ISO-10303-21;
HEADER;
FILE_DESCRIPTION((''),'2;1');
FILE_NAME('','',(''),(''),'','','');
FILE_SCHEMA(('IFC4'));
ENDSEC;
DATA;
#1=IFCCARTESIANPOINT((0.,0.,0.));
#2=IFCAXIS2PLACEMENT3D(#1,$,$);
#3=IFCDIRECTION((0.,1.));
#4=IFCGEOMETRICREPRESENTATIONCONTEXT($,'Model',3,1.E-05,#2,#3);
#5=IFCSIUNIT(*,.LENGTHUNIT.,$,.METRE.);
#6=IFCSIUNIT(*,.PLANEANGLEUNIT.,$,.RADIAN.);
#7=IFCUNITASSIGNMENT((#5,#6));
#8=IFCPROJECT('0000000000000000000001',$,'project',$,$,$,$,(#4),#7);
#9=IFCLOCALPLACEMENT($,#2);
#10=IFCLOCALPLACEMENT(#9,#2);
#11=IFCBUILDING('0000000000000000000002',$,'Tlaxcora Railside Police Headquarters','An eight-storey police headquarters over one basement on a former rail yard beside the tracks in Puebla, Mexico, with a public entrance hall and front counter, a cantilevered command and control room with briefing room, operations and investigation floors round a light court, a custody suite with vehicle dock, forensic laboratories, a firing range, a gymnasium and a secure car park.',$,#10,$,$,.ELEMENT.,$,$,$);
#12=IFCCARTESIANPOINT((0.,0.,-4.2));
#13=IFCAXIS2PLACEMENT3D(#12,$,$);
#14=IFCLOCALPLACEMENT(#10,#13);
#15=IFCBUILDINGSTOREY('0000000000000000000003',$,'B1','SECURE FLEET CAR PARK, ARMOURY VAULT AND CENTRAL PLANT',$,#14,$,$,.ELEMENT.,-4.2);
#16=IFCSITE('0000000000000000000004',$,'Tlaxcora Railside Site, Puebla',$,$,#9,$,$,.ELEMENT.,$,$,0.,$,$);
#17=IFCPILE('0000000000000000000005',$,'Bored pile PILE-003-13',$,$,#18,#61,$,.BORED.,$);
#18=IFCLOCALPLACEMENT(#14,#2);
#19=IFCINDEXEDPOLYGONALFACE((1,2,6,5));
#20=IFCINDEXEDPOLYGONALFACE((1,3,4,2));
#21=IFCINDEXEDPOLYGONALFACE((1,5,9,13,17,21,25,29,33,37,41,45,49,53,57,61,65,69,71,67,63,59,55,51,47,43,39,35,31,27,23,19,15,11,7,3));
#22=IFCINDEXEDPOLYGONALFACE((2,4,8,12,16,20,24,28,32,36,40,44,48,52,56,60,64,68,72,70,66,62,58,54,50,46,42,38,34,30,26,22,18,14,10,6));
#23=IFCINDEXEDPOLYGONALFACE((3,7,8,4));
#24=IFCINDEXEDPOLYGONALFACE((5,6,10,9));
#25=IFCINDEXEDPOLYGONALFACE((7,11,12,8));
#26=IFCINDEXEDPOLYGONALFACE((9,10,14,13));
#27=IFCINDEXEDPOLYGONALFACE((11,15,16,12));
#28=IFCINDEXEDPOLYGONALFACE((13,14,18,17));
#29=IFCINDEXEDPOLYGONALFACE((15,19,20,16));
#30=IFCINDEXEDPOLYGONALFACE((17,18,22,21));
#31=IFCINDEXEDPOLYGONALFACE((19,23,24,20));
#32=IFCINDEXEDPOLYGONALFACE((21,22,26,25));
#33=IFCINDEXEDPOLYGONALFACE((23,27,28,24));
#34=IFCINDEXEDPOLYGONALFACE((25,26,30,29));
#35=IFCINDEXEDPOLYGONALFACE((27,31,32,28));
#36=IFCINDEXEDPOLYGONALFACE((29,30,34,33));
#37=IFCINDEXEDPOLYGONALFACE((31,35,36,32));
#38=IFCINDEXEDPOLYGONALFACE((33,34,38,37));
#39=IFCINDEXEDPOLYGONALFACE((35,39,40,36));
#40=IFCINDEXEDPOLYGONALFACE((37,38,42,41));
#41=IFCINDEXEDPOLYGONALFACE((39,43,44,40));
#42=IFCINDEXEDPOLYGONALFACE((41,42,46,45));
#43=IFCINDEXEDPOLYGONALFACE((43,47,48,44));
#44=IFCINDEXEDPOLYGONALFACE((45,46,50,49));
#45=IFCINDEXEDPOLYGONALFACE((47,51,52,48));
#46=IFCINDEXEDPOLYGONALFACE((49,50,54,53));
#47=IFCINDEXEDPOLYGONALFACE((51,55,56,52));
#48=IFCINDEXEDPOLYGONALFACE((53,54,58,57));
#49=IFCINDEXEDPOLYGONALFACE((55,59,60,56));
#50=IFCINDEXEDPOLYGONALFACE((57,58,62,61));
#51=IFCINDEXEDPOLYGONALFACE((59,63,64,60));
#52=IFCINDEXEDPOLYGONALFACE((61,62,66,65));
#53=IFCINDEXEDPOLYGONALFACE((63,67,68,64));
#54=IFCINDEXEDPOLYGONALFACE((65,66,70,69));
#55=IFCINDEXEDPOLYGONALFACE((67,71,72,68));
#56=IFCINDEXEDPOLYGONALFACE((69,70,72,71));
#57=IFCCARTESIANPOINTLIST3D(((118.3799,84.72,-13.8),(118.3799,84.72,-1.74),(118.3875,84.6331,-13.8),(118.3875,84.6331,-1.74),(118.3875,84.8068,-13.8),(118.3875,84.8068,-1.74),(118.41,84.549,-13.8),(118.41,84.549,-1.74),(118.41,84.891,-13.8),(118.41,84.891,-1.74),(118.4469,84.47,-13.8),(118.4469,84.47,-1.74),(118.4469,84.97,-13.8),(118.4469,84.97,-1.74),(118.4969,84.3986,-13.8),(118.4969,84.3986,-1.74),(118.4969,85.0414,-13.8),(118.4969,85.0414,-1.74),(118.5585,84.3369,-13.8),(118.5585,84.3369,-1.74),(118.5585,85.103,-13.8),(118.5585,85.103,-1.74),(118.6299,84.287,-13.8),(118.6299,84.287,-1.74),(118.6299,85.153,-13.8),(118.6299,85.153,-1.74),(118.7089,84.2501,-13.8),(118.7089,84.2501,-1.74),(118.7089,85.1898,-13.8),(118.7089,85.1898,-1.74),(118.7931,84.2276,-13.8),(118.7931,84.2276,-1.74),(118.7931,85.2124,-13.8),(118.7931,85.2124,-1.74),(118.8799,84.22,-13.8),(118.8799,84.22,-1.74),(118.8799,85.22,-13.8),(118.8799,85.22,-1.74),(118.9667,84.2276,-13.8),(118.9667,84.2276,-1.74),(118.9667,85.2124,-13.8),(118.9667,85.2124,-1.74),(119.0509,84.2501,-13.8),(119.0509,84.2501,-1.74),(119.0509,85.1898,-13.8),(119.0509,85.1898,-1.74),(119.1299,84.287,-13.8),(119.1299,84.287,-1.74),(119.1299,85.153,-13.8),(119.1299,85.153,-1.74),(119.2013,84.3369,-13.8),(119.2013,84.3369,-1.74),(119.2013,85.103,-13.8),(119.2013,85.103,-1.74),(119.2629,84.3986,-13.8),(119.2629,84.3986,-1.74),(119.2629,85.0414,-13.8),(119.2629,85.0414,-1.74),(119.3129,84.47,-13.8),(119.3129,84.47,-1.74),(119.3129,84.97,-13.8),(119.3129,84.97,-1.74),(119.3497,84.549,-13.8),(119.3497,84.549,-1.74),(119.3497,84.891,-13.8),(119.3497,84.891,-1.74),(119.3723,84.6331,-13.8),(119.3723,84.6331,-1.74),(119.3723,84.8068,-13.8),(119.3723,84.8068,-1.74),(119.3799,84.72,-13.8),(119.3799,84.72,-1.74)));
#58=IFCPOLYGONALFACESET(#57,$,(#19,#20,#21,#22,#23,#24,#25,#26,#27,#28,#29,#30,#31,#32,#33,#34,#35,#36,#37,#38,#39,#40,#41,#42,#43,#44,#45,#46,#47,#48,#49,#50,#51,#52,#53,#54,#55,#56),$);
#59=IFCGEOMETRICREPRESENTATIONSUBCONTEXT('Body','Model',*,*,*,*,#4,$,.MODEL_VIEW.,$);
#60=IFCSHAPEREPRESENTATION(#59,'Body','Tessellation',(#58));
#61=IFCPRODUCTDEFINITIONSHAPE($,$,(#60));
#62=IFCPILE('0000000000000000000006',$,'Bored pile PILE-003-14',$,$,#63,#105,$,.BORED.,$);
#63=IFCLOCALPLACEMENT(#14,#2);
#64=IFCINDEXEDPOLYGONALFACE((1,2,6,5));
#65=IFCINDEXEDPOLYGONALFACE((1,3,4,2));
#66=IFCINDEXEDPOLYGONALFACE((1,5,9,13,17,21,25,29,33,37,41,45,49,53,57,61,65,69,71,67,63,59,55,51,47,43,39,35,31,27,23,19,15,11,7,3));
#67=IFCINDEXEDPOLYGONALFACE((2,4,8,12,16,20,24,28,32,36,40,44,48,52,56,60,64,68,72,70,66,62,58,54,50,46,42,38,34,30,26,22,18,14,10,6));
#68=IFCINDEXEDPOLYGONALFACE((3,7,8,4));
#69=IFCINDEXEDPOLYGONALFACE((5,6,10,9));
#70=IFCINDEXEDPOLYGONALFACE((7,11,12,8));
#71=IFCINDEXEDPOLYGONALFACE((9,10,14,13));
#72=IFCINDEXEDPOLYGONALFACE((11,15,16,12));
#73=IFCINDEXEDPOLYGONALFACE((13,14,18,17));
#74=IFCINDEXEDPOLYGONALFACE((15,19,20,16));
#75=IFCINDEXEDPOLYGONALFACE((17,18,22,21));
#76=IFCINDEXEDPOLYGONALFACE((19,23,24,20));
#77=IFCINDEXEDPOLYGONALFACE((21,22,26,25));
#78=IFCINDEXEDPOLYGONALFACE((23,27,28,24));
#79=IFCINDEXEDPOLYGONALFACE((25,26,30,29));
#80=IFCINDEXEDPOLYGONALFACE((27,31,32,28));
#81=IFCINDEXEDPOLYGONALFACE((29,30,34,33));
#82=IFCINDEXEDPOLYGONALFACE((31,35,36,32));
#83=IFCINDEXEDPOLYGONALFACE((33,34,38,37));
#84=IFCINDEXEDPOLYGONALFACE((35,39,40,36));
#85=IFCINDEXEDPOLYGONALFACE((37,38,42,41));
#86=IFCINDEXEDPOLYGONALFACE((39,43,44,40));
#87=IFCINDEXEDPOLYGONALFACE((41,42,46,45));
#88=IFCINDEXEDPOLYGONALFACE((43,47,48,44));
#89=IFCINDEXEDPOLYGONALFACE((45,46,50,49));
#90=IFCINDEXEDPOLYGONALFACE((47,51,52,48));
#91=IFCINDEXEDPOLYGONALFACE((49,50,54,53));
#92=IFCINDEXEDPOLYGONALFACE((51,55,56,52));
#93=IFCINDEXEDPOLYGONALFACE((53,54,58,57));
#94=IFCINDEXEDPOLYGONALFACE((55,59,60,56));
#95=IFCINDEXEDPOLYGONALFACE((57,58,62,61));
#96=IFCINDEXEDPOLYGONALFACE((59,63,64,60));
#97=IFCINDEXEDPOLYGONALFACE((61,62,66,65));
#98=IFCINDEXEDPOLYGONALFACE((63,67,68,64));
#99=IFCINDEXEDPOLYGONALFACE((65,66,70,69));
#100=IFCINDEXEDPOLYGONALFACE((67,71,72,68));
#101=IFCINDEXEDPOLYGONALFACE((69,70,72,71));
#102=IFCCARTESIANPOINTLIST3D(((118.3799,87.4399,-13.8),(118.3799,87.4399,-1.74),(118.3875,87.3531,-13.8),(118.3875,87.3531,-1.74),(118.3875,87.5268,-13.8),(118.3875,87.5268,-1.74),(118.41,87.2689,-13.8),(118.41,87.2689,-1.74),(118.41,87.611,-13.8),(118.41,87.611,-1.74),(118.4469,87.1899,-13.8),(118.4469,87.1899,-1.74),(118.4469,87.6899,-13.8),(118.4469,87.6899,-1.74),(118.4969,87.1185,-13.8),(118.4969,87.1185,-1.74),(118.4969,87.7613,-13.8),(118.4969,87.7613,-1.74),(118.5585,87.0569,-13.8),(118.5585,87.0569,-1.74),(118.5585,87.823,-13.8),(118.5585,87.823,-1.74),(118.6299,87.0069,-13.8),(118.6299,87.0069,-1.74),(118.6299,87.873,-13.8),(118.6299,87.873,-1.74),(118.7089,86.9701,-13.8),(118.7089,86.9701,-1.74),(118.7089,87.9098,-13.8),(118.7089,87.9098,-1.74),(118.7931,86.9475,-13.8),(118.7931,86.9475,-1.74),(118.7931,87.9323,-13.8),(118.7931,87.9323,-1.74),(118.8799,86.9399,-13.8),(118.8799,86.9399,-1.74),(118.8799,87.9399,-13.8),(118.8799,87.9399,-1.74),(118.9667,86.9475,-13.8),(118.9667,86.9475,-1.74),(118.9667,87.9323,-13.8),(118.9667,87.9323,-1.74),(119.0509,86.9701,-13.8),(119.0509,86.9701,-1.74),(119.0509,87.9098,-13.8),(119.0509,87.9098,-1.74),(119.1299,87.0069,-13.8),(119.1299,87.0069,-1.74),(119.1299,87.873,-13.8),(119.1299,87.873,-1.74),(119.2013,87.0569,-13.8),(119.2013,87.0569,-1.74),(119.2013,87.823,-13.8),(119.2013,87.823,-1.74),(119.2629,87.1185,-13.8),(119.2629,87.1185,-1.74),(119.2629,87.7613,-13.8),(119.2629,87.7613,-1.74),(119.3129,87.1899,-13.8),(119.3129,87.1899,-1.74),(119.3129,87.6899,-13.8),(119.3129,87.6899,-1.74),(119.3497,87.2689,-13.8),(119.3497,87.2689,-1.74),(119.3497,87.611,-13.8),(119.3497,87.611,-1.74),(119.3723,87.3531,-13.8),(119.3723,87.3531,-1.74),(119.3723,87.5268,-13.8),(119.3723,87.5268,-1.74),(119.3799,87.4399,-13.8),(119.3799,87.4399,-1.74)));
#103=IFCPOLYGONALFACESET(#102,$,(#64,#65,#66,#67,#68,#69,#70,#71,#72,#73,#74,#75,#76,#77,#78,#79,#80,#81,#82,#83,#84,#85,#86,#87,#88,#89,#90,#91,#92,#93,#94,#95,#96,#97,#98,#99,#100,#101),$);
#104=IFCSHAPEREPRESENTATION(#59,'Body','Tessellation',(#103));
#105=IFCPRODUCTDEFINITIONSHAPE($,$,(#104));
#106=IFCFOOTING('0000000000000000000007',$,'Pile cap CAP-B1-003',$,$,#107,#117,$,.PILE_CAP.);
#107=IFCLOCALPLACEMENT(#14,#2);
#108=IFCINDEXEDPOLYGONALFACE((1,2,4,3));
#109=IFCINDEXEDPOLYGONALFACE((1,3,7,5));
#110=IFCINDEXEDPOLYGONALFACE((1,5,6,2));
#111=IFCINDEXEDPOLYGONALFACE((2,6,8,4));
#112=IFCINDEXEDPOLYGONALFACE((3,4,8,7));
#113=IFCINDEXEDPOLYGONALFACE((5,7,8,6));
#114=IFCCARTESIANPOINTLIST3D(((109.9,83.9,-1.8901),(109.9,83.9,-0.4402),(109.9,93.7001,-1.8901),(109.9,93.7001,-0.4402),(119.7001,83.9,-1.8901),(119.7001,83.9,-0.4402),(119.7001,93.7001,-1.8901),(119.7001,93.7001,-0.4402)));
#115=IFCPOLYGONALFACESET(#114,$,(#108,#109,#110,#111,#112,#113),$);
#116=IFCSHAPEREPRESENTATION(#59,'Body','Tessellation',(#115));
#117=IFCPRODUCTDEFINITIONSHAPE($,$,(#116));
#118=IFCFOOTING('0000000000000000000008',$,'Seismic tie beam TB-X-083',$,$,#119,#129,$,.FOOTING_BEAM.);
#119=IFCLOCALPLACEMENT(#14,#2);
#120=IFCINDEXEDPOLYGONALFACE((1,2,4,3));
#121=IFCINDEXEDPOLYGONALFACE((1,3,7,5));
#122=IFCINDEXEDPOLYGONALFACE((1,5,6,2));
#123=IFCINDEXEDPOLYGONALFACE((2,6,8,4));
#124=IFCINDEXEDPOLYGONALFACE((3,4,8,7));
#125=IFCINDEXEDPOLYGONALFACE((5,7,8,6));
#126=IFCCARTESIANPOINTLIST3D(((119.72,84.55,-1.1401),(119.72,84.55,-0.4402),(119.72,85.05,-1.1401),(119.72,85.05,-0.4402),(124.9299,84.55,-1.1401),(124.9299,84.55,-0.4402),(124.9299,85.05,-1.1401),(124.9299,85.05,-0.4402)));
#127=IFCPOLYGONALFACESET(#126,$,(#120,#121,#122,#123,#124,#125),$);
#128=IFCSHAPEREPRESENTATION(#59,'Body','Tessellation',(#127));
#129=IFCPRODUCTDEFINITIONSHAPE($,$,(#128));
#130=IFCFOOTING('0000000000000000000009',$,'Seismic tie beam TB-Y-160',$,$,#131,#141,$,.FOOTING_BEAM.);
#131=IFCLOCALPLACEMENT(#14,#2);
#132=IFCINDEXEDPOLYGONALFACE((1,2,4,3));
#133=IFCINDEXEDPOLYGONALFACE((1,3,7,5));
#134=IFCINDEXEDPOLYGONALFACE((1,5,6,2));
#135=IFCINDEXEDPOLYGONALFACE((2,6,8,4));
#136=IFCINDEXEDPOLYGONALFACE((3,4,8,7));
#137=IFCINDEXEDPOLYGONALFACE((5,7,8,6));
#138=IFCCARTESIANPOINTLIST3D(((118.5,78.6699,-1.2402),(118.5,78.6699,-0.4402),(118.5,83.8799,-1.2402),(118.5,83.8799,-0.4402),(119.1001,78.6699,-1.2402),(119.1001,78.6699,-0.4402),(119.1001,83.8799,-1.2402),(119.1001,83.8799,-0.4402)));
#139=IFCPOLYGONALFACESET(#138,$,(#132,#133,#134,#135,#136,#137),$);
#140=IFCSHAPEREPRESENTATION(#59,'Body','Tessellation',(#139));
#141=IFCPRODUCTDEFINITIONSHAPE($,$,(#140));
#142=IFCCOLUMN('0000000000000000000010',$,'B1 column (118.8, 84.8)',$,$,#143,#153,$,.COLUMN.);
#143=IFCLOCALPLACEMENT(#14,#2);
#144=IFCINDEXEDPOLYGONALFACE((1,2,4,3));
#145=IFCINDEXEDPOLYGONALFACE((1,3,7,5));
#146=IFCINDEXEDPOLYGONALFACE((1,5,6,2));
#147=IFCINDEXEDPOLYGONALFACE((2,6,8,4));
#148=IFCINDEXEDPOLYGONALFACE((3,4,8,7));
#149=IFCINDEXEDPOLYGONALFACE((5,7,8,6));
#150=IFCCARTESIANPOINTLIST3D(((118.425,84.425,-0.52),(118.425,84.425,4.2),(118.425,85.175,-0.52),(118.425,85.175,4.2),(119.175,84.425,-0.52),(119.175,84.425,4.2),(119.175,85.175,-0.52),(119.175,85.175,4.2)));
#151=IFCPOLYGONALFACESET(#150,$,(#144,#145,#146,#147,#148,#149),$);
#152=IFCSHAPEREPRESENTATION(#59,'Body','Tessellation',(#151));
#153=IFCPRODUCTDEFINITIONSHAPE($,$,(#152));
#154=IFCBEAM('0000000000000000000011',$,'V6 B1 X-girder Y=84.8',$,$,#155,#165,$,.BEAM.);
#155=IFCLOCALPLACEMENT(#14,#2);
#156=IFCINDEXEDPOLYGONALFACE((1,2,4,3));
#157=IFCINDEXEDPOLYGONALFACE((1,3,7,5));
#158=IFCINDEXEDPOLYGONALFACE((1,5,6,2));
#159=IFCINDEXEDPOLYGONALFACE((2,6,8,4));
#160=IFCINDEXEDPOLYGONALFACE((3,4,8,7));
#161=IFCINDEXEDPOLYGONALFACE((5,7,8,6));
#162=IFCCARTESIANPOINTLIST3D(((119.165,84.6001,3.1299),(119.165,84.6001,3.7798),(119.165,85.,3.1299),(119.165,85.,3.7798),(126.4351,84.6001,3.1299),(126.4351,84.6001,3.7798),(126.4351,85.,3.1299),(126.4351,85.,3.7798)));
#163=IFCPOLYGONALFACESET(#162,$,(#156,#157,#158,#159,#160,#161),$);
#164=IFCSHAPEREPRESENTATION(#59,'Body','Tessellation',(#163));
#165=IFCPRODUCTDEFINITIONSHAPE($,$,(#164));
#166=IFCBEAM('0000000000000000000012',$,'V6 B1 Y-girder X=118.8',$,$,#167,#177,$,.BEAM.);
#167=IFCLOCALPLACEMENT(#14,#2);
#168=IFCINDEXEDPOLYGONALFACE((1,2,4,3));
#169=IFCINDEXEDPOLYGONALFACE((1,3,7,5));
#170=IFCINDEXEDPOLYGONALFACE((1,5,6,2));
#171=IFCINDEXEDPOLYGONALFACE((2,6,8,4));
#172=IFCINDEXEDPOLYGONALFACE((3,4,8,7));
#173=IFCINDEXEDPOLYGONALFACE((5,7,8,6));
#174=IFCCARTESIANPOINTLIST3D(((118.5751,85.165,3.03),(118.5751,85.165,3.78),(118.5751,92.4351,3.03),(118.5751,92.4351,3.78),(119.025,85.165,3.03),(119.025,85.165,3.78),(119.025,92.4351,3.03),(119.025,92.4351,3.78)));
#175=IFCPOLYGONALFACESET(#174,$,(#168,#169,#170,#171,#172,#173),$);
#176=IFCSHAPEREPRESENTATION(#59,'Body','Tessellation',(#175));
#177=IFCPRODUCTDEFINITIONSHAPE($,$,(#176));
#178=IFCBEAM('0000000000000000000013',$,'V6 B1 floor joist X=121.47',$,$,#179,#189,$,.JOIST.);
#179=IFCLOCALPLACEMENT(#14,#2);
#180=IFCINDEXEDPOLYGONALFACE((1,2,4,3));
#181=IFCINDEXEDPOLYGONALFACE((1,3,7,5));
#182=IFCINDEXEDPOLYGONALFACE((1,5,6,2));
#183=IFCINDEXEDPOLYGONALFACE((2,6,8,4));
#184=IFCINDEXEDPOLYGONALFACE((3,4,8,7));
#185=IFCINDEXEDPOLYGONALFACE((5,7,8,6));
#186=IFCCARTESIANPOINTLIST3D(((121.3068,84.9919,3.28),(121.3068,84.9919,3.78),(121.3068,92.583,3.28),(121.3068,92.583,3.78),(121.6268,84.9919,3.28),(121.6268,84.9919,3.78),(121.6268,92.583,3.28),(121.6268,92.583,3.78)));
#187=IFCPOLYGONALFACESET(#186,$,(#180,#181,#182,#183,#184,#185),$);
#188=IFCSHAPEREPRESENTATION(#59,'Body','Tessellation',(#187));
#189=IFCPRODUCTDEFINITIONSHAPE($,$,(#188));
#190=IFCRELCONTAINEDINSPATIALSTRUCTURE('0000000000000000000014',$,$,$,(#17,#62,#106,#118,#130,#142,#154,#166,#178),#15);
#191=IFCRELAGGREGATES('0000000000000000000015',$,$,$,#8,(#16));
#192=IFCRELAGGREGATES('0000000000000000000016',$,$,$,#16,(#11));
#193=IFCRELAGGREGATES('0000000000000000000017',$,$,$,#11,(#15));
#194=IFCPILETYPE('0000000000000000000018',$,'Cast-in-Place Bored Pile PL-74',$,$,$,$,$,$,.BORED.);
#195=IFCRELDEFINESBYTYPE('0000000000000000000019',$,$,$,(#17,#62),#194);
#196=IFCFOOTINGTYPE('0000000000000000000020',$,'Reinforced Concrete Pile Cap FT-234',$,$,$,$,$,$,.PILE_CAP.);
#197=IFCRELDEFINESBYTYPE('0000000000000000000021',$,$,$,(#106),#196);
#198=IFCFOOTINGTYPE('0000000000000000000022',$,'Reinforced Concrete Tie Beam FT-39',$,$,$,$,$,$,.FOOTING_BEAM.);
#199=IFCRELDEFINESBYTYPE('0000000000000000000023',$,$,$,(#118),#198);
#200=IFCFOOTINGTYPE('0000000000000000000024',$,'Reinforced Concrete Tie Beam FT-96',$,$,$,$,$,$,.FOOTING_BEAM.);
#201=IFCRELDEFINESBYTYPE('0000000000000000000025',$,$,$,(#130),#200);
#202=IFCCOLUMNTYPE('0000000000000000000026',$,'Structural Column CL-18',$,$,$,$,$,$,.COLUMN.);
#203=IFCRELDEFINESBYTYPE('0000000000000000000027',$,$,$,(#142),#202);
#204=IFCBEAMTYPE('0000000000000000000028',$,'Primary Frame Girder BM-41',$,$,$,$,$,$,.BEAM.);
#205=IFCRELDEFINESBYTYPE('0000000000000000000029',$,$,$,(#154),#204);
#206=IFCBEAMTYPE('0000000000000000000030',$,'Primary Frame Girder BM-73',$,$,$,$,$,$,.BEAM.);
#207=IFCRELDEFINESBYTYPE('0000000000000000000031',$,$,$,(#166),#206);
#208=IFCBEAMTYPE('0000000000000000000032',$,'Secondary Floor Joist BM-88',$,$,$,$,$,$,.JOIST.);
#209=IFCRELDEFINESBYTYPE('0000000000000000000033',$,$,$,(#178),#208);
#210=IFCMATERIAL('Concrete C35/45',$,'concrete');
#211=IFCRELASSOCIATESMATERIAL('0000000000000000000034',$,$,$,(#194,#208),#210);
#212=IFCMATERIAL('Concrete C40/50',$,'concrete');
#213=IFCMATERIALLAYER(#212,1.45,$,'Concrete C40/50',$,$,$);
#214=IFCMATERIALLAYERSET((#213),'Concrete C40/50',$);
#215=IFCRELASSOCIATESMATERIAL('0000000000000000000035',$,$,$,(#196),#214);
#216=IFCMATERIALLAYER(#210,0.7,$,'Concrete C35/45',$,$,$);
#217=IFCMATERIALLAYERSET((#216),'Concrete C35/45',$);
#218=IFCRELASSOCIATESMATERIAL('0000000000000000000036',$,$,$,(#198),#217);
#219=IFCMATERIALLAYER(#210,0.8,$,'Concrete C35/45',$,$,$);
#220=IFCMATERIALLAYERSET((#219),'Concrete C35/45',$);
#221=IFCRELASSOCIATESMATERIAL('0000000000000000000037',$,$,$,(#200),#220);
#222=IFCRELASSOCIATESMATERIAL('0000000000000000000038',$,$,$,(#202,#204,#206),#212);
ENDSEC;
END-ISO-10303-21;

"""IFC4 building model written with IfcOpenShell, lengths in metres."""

from ifc_helpers import new_model, si_unit, direction, frame, origin, origin_2d, place, context, subcontext, project, spatial, rectangle, circle, extrude, material, layer, layer_set, material_profile, profile_set, type_object, element, save


model = new_model("IFC4")

# Units and contexts
model_context = context("Model", 3, precision=1e-05, world=origin(), true_north=direction((0.0, 1.0)))
body_context = subcontext(model_context, "Body", "Model", "MODEL_VIEW")
ifc_project = project(units=[si_unit("LENGTHUNIT", "METRE"), si_unit("PLANEANGLEUNIT", "RADIAN")], contexts=[model_context])

# Site, building, storey
site_placement = place(None, origin())
site = spatial("IfcSite", under=ifc_project, at=site_placement, Name="Tlaxcora Railside Site, Puebla", CompositionType="ELEMENT", RefElevation=0.0)
building_placement = place(site_placement, origin())
building = spatial("IfcBuilding", under=site, at=building_placement, Name="Tlaxcora Railside Police Headquarters", Description="An eight-storey police headquarters over one basement on a former rail yard beside the tracks in Puebla, Mexico, with a public entrance hall and front counter, a cantilevered command and control room with briefing room, operations and investigation floors round a light court, a custody suite with vehicle dock, forensic laboratories, a firing range, a gymnasium and a secure car park.", CompositionType="ELEMENT")
storey_placement = place(building_placement, frame((0.0, 0.0, -4.2)))
storey = spatial("IfcBuildingStorey", under=building, at=storey_placement, Name="B1", Description="SECURE FLEET CAR PARK, ARMOURY VAULT AND CENTRAL PLANT", CompositionType="ELEMENT", Elevation=-4.2)

# Piles
ifc_material_1 = material(Name="Concrete C35/45", Category="concrete")
ifc_material_profile_1 = material_profile(ifc_material_1, circle(Radius=0.5, at=origin_2d()), Name="PILE1000")
ifc_profile_set_1 = profile_set([ifc_material_profile_1], Name="Concrete C35/45")
pile_type = type_object("IfcPileType", Name="Cast-in-Place Bored Pile PL-74", PredefinedType="BORED", material=ifc_profile_set_1)
for number, where, z_axis, x_axis, name in (
    (1, (118.8799, 84.72, -1.74), (0.0, 0.0, -1.0), (1.0, 0.0, 0.0), "Bored pile PILE-003-13"),
    (2, (118.8799, 87.4399, -1.74), (0.0, 0.0, -1.0), (1.0, 0.0, 0.0), "Bored pile PILE-003-14"),
):
    element("IfcPile", number, at=place(storey_placement, frame(where, z_axis=z_axis, x_axis=x_axis)), inside=storey, type_object=pile_type, Name=name, PredefinedType="BORED", context=body_context, shape_type="SweptSolid", body=[
        extrude(circle(Radius=0.5, at=origin_2d()), origin(), (0.0, 0.0, 1.0), 12.0601),
    ])

# Footings
ifc_material_2 = material(Name="Concrete C40/50", Category="concrete")
ifc_layer_1 = layer(ifc_material_2, 1.45, Name="Concrete C40/50")
ifc_layer_set_1 = layer_set([ifc_layer_1], Name="Concrete C40/50")
footing_type_1 = type_object("IfcFootingType", Name="Reinforced Concrete Pile Cap FT-234", PredefinedType="PILE_CAP", material=ifc_layer_set_1)
footing_1_placement = place(storey_placement, frame((114.8, 88.8, -1.8901), z_axis=(0.0, 0.0, 1.0), x_axis=(1.0, 0.0, 0.0)))
element("IfcFooting", 3, at=footing_1_placement, inside=storey, type_object=footing_type_1, Name="Pile cap CAP-B1-003", PredefinedType="PILE_CAP", context=body_context, shape_type="SweptSolid", body=[
    extrude(rectangle(XDim=9.8, YDim=9.8, at=origin_2d()), origin(), (0.0, 0.0, 1.0), 1.45),
])
ifc_layer_2 = layer(ifc_material_1, 0.7, Name="Concrete C35/45")
ifc_layer_set_2 = layer_set([ifc_layer_2], Name="Concrete C35/45")
footing_type_2 = type_object("IfcFootingType", Name="Reinforced Concrete Tie Beam FT-39", PredefinedType="FOOTING_BEAM", material=ifc_layer_set_2)
footing_2_placement = place(storey_placement, frame((122.325, 84.8, -1.1401), z_axis=(0.0, 0.0, 1.0), x_axis=(1.0, 0.0, 0.0)))
element("IfcFooting", 4, at=footing_2_placement, inside=storey, type_object=footing_type_2, Name="Seismic tie beam TB-X-083", PredefinedType="FOOTING_BEAM", context=body_context, shape_type="SweptSolid", body=[
    extrude(rectangle(XDim=5.21, YDim=0.5, at=origin_2d()), origin(), (0.0, 0.0, 1.0), 0.7),
])
ifc_layer_3 = layer(ifc_material_1, 0.8, Name="Concrete C35/45")
ifc_layer_set_3 = layer_set([ifc_layer_3], Name="Concrete C35/45")
footing_type_3 = type_object("IfcFootingType", Name="Reinforced Concrete Tie Beam FT-96", PredefinedType="FOOTING_BEAM", material=ifc_layer_set_3)
footing_3_placement = place(storey_placement, frame((118.8, 81.2749, -1.2402), z_axis=(0.0, 0.0, 1.0), x_axis=(0.0, 1.0, 0.0)))
element("IfcFooting", 5, at=footing_3_placement, inside=storey, type_object=footing_type_3, Name="Seismic tie beam TB-Y-160", PredefinedType="FOOTING_BEAM", context=body_context, shape_type="SweptSolid", body=[
    extrude(rectangle(XDim=5.21, YDim=0.6001, at=origin_2d()), origin(), (0.0, 0.0, 1.0), 0.8),
])

# Column
ifc_material_profile_2 = material_profile(ifc_material_2, rectangle(XDim=0.75, YDim=0.75, at=origin_2d()), Name="RC750X750")
ifc_profile_set_2 = profile_set([ifc_material_profile_2], Name="Concrete C40/50")
column_type = type_object("IfcColumnType", Name="Structural Column CL-18", PredefinedType="COLUMN", material=ifc_profile_set_2)
column_placement = place(storey_placement, frame((118.8, 84.8, -0.52), z_axis=(0.0, 0.0, 1.0), x_axis=(1.0, 0.0, 0.0)))
element("IfcColumn", 6, at=column_placement, inside=storey, type_object=column_type, Name="B1 column (118.8, 84.8)", PredefinedType="COLUMN", context=body_context, shape_type="SweptSolid", body=[
    extrude(rectangle(XDim=0.75, YDim=0.75, at=origin_2d()), origin(), (0.0, 0.0, 1.0), 4.72),
])

# Beams
ifc_material_profile_3 = material_profile(ifc_material_2, rectangle(XDim=0.3999, YDim=0.6499, at=origin_2d()), Name="RC400X650")
ifc_profile_set_3 = profile_set([ifc_material_profile_3], Name="Concrete C40/50")
beam_type_1 = type_object("IfcBeamType", Name="Primary Frame Girder BM-41", PredefinedType="BEAM", material=ifc_profile_set_3)
beam_1_placement = place(storey_placement, frame((119.165, 84.8, 3.4548), z_axis=(1.0, 0.0, 0.0), x_axis=(0.0, 1.0, 0.0)))
element("IfcBeam", 7, at=beam_1_placement, inside=storey, type_object=beam_type_1, Name="V6 B1 X-girder Y=84.8", PredefinedType="BEAM", context=body_context, shape_type="SweptSolid", body=[
    extrude(rectangle(XDim=0.3999, YDim=0.6499, at=origin_2d()), origin(), (0.0, 0.0, 1.0), 7.27),
])
ifc_material_profile_4 = material_profile(ifc_material_2, rectangle(XDim=0.45, YDim=0.75, at=origin_2d()), Name="RC450X750")
ifc_profile_set_4 = profile_set([ifc_material_profile_4], Name="Concrete C40/50")
beam_type_2 = type_object("IfcBeamType", Name="Primary Frame Girder BM-73", PredefinedType="BEAM", material=ifc_profile_set_4)
beam_2_placement = place(storey_placement, frame((118.8, 85.165, 3.405), z_axis=(0.0, 1.0, 0.0), x_axis=(-1.0, 0.0, 0.0)))
element("IfcBeam", 8, at=beam_2_placement, inside=storey, type_object=beam_type_2, Name="V6 B1 Y-girder X=118.8", PredefinedType="BEAM", context=body_context, shape_type="SweptSolid", body=[
    extrude(rectangle(XDim=0.45, YDim=0.75, at=origin_2d()), origin(), (0.0, 0.0, 1.0), 7.27),
])
ifc_material_profile_5 = material_profile(ifc_material_1, rectangle(XDim=0.3201, YDim=0.5, at=origin_2d()), Name="RC320X500")
ifc_profile_set_5 = profile_set([ifc_material_profile_5], Name="Concrete C35/45")
beam_type_3 = type_object("IfcBeamType", Name="Secondary Floor Joist BM-88", PredefinedType="JOIST", material=ifc_profile_set_5)
beam_3_placement = place(storey_placement, frame((121.4668, 84.9919, 3.53), z_axis=(0.0, 1.0, 0.0), x_axis=(-1.0, 0.0, 0.0)))
element("IfcBeam", 9, at=beam_3_placement, inside=storey, type_object=beam_type_3, Name="V6 B1 floor joist X=121.47", PredefinedType="JOIST", context=body_context, shape_type="SweptSolid", body=[
    extrude(rectangle(XDim=0.3201, YDim=0.5, at=origin_2d()), origin(), (0.0, 0.0, 1.0), 7.5911),
])

save(model, "model.ifc")
